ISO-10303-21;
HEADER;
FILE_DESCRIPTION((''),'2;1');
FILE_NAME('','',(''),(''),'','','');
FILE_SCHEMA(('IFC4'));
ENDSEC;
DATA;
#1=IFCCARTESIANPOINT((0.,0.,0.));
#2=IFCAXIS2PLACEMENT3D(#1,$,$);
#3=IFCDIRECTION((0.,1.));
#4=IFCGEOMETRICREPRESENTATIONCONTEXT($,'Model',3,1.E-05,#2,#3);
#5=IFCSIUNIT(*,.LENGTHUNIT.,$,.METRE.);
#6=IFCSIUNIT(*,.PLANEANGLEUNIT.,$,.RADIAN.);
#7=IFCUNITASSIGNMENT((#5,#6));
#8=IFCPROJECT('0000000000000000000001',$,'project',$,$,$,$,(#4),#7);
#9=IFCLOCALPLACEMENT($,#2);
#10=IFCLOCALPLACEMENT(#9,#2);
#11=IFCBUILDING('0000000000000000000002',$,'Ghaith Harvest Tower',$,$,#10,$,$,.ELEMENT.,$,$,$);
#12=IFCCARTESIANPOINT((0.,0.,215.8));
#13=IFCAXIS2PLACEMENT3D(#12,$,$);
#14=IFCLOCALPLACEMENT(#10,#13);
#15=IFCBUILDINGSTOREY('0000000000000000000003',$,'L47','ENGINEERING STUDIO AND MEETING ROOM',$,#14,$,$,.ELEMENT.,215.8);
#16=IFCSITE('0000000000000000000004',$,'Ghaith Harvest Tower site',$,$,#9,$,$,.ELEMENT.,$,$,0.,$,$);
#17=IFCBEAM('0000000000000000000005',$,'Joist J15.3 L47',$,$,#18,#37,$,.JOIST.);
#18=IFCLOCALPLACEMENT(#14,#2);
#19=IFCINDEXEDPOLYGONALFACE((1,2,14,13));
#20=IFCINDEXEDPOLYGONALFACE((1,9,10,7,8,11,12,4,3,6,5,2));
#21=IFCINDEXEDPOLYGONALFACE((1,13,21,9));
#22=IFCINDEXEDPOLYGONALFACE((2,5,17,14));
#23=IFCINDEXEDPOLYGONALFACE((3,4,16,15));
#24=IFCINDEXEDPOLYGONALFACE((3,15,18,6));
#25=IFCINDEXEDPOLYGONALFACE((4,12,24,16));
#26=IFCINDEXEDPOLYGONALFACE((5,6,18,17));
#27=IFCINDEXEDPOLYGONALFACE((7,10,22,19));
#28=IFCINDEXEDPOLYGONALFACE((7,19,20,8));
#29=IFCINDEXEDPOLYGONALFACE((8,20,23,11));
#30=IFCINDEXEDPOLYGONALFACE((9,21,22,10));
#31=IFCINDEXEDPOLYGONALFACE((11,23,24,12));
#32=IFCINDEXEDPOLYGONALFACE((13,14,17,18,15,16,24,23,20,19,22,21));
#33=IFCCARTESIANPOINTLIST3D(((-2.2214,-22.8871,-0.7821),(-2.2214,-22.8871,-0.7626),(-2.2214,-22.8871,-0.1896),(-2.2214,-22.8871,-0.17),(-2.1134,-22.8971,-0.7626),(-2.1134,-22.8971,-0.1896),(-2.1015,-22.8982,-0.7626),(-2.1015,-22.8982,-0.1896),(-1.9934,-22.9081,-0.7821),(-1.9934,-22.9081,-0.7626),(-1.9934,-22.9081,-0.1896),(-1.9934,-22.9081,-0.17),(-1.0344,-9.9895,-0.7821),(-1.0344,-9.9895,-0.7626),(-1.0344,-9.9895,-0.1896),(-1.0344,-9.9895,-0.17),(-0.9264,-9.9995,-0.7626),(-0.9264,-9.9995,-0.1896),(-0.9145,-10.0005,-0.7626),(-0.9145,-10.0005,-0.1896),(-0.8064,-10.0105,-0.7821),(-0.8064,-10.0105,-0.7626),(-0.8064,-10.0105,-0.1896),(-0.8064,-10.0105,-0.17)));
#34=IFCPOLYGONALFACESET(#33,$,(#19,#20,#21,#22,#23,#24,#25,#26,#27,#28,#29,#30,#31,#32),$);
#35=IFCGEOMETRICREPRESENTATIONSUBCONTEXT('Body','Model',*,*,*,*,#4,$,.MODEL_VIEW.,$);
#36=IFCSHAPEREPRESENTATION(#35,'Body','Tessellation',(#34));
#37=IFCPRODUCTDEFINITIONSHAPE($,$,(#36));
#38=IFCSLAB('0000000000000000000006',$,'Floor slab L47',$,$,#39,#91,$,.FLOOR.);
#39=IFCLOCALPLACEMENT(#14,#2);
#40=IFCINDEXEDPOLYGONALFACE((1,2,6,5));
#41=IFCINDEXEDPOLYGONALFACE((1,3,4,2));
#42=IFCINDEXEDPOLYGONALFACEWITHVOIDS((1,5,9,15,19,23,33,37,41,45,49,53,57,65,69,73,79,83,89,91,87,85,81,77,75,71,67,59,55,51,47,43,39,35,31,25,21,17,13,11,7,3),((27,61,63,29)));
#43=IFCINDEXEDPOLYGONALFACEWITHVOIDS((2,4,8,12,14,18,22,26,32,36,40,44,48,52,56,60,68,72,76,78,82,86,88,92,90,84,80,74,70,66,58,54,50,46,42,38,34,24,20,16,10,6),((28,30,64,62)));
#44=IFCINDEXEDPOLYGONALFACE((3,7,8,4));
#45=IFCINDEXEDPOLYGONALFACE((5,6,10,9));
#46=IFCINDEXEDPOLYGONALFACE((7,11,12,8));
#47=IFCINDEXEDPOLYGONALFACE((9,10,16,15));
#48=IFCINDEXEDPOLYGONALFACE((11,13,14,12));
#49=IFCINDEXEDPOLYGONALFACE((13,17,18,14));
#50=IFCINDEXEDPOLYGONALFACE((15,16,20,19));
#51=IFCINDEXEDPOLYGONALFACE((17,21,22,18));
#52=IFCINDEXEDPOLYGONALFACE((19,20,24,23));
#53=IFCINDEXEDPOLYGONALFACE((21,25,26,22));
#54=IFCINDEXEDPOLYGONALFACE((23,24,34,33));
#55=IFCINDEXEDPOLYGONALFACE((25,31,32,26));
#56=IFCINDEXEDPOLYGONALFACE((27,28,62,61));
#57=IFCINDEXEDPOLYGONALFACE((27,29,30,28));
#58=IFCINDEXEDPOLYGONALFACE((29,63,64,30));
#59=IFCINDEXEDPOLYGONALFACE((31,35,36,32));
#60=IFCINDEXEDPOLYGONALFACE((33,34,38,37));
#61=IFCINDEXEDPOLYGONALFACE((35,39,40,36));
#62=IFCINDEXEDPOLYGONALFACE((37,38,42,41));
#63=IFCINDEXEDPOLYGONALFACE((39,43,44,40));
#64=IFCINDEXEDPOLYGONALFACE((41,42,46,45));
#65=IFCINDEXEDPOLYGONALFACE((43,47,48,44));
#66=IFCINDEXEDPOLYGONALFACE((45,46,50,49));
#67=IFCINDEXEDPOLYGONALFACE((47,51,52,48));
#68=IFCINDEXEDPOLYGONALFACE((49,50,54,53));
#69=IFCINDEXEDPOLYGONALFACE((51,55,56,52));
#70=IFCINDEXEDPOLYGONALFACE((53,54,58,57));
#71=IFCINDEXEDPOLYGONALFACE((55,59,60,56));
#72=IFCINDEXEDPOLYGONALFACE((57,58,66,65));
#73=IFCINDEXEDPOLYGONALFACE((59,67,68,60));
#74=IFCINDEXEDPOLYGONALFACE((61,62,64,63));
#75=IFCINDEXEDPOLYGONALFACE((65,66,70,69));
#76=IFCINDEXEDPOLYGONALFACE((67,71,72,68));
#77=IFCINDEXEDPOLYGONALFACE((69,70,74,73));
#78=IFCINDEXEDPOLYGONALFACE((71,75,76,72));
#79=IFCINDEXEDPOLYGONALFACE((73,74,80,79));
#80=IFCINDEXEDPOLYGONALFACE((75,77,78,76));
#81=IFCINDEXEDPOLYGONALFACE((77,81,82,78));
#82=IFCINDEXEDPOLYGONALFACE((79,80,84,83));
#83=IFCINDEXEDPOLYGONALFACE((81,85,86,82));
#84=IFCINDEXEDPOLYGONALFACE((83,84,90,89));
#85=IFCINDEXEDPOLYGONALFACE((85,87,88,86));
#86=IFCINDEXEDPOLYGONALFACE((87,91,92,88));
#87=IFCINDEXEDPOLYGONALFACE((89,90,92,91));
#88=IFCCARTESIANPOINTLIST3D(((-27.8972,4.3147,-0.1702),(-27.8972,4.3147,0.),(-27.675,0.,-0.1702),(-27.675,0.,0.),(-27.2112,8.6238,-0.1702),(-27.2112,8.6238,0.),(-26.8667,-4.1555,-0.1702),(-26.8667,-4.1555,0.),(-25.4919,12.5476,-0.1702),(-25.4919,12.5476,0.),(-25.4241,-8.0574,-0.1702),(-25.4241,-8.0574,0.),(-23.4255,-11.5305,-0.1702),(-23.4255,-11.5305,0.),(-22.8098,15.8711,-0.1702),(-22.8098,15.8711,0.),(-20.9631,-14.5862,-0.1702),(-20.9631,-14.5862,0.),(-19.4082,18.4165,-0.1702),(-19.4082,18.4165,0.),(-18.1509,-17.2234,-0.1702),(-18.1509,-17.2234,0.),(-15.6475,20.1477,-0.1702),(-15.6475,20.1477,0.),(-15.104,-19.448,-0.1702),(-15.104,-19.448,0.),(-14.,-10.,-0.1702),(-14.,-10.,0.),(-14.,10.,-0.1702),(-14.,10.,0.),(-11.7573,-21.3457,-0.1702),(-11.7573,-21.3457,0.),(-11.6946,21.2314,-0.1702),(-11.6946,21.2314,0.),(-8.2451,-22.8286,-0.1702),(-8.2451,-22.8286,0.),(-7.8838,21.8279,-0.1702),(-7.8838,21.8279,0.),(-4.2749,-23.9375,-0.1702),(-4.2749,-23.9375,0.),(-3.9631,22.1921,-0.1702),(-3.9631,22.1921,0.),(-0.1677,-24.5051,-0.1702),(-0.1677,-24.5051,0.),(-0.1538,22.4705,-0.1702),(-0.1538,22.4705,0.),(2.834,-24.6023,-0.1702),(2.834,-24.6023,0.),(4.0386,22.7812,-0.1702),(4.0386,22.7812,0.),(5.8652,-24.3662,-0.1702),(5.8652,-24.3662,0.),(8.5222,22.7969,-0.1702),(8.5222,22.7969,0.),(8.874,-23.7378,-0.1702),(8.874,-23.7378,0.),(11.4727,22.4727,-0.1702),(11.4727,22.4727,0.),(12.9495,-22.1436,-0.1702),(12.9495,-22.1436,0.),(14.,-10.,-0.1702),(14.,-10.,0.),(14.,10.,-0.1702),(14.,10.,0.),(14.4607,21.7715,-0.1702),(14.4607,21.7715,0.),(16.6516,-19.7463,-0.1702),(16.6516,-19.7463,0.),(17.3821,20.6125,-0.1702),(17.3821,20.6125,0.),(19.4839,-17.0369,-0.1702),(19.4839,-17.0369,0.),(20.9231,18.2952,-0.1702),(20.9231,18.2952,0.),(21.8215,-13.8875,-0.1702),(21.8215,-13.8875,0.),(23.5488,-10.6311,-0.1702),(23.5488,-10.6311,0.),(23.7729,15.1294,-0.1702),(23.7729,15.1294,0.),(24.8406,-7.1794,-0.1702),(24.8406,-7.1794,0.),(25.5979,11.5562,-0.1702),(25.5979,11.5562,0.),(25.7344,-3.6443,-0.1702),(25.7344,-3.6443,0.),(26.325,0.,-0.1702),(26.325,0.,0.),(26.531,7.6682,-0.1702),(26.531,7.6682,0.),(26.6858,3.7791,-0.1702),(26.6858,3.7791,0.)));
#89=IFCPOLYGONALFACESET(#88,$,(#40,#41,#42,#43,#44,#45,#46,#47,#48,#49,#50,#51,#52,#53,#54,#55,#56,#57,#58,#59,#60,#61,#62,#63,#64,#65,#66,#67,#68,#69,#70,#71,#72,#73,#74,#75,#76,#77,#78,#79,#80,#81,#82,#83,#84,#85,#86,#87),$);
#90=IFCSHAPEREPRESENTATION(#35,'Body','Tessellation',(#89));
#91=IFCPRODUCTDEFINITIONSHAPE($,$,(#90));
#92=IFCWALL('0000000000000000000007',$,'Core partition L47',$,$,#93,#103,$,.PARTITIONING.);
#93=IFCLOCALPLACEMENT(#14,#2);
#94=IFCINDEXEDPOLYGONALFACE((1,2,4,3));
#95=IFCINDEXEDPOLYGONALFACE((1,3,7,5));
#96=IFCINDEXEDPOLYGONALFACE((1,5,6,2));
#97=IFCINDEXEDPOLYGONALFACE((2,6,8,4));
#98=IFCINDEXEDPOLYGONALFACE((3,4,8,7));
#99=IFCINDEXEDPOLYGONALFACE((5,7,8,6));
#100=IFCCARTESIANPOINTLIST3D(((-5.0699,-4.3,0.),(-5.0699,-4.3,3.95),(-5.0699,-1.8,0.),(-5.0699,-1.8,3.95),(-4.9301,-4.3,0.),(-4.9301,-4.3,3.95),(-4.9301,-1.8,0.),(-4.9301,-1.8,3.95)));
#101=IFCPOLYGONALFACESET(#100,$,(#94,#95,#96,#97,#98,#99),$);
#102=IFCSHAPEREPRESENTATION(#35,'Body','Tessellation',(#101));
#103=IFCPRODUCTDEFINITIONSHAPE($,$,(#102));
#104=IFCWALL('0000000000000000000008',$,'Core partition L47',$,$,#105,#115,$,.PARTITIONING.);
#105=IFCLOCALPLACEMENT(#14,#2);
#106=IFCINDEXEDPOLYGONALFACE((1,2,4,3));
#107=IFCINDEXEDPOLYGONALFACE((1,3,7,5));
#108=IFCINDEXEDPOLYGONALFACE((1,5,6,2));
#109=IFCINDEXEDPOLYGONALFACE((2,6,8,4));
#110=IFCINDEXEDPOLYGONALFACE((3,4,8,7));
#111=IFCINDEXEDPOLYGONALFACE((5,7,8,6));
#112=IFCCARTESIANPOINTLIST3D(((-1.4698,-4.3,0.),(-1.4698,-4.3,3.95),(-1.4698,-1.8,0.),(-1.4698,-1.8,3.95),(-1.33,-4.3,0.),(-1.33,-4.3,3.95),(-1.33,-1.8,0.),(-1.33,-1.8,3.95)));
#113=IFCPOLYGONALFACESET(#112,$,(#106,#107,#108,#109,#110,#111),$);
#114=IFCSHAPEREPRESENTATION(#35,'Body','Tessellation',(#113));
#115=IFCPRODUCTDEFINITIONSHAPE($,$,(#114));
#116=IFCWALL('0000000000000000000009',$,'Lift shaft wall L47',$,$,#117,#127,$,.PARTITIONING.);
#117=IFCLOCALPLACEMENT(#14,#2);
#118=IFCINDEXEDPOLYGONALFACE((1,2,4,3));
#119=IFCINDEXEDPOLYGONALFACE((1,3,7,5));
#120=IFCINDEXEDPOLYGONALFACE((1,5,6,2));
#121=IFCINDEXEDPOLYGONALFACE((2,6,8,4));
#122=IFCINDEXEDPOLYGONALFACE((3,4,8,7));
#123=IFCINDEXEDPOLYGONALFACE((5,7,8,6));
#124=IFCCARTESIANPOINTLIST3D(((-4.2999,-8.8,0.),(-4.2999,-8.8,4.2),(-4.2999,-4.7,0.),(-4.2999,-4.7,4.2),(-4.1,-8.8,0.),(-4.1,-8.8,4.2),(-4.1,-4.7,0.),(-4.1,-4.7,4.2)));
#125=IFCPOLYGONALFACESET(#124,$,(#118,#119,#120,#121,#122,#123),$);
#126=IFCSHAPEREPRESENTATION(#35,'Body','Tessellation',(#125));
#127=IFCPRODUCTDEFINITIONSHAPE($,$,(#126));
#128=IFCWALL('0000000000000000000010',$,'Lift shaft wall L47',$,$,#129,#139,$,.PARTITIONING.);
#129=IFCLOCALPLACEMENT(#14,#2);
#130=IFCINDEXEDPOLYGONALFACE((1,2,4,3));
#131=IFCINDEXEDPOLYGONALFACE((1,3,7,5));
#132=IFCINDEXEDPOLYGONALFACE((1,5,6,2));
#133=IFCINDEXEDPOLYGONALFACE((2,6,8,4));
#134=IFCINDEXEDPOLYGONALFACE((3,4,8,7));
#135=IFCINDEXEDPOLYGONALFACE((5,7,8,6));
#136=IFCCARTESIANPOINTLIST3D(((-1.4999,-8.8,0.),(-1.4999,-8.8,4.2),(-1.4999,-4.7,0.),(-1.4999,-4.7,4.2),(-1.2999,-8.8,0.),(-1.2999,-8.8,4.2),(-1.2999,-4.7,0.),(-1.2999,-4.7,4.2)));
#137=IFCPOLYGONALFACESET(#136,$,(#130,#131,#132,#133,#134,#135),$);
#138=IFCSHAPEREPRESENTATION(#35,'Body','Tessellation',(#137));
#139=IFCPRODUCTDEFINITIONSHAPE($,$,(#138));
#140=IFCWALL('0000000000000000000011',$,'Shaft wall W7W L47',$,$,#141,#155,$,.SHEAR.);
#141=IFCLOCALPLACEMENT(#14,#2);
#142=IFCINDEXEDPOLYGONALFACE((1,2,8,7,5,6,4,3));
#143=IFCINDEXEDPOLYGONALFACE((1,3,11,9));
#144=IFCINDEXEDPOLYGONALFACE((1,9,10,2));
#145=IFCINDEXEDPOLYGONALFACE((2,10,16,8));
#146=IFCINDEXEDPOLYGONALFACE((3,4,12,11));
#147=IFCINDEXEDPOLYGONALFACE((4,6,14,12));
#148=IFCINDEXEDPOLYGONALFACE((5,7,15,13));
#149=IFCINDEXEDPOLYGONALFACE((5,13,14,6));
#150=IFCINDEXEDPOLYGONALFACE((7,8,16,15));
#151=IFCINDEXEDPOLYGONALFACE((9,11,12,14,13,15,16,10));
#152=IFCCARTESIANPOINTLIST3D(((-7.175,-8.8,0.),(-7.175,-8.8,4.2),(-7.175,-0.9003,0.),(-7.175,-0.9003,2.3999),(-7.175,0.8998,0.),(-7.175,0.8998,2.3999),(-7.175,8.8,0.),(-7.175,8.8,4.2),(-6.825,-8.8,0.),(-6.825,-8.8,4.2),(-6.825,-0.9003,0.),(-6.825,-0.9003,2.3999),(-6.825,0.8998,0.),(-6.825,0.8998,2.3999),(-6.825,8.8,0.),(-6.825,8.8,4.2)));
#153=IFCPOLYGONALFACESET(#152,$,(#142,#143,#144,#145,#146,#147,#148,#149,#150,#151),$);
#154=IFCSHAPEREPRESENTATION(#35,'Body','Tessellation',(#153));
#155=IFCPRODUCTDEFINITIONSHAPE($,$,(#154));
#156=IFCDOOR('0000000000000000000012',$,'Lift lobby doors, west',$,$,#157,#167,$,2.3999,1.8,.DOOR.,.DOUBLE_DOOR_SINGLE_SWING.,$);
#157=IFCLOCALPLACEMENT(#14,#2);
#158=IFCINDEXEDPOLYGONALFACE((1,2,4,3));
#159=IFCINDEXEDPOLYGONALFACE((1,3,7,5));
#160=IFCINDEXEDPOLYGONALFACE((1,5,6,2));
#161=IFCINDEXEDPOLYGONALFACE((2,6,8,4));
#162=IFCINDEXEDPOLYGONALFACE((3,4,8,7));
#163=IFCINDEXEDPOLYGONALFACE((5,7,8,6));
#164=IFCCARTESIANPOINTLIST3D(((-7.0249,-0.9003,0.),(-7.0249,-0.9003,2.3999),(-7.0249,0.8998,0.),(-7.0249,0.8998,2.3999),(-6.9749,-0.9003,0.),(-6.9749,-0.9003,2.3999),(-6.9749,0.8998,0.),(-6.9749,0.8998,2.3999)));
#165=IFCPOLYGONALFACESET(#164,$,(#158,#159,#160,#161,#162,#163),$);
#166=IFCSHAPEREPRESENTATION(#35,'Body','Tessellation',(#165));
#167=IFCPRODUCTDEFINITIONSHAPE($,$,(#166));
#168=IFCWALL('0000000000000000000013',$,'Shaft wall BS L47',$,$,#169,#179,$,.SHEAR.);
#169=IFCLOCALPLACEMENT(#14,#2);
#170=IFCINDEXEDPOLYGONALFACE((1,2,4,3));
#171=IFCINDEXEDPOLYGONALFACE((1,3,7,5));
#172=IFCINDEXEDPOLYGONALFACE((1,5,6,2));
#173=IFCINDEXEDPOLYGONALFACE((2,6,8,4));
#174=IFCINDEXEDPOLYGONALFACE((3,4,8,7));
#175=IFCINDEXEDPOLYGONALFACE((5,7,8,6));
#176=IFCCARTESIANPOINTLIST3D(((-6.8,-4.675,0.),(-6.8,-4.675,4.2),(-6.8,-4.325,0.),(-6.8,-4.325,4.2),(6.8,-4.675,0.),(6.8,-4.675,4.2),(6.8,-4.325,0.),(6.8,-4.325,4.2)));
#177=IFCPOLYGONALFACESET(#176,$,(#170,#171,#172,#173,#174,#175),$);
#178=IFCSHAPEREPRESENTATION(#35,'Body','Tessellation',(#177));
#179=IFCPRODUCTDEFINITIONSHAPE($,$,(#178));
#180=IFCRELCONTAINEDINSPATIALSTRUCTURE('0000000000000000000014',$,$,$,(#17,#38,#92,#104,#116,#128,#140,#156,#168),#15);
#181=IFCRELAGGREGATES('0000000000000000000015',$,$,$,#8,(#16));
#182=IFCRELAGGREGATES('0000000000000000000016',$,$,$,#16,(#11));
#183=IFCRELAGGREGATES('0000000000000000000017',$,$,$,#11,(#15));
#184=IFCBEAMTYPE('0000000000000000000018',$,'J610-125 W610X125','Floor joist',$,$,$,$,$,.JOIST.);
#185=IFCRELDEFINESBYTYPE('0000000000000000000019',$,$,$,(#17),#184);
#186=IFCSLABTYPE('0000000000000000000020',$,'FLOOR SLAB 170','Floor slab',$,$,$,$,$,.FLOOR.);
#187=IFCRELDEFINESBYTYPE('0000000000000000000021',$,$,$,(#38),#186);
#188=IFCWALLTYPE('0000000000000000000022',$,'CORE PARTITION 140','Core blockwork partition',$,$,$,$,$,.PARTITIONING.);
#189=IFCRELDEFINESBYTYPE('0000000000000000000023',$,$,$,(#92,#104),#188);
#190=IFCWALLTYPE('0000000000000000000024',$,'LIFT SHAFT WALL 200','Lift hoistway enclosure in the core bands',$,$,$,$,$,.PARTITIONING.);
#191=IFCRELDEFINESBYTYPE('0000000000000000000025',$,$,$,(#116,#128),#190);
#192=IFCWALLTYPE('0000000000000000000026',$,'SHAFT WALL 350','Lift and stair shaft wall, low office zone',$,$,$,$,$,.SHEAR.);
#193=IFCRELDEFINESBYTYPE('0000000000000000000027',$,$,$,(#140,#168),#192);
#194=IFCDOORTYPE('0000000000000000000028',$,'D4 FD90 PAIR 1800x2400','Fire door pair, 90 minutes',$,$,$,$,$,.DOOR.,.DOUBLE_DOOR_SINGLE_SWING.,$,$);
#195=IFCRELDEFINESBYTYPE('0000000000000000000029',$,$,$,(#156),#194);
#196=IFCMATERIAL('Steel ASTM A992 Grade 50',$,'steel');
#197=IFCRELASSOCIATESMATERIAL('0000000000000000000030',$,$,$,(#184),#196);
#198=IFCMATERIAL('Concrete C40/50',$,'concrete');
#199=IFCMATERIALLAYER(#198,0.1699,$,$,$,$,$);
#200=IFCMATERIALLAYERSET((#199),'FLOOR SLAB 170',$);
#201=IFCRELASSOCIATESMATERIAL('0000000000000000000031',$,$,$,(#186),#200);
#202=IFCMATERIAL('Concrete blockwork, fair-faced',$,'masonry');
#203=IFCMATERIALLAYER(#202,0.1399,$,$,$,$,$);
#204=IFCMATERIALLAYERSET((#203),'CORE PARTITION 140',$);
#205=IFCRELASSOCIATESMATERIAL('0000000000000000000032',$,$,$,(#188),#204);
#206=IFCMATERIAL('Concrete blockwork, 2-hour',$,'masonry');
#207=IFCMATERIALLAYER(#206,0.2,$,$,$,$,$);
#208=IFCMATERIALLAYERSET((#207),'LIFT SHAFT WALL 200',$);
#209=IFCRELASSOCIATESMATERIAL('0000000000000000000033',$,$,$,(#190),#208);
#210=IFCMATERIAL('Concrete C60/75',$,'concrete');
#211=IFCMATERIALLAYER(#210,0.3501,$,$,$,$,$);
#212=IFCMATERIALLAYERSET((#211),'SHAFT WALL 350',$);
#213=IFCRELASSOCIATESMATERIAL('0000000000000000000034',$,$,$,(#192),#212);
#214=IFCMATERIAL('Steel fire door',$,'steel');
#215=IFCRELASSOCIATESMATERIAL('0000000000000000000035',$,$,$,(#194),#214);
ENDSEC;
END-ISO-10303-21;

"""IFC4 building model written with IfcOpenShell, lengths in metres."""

from ifc_helpers import new_model, si_unit, direction, frame, frame_2d, origin, origin_2d, place, context, subcontext, project, spatial, polyline, rectangle, i_section, outline, extrude, material, layer, layer_set, material_profile, profile_set, type_object, element, fill, save


model = new_model("IFC4")

# Units and contexts
model_context = context("Model", 3, precision=1e-05, world=origin(), true_north=direction((0.0, 1.0)))
body_context = subcontext(model_context, "Body", "Model", "MODEL_VIEW")
ifc_project = project(units=[si_unit("LENGTHUNIT", "METRE"), si_unit("PLANEANGLEUNIT", "RADIAN")], contexts=[model_context])

# Site, building, storey
site_placement = place(None, origin())
site = spatial("IfcSite", under=ifc_project, at=site_placement, Name="Ghaith Harvest Tower site", CompositionType="ELEMENT", RefElevation=0.0)
building_placement = place(site_placement, origin())
building = spatial("IfcBuilding", under=site, at=building_placement, Name="Ghaith Harvest Tower", CompositionType="ELEMENT")
storey_placement = place(building_placement, frame((0.0, 0.0, 215.8)))
storey = spatial("IfcBuildingStorey", under=building, at=storey_placement, Name="L47", Description="ENGINEERING STUDIO AND MEETING ROOM", CompositionType="ELEMENT", Elevation=215.8)

# Beam
ifc_material_1 = material(Name="Steel ASTM A992 Grade 50", Category="steel")
ifc_material_profile_1 = material_profile(ifc_material_1, i_section(OverallWidth=0.229, OverallDepth=0.6121, WebThickness=0.012, FlangeThickness=0.0195, at=origin_2d()), Name="W610X125")
ifc_profile_set_1 = profile_set([ifc_material_profile_1], Name="Steel ASTM A992 Grade 50")
beam_type_1 = type_object("IfcBeamType", Name="J610-125 W610X125", Description="Floor joist", PredefinedType="JOIST", material=ifc_profile_set_1)
beam_1_placement = place(storey_placement, frame((-0.9204, -10.0, -0.4761), z_axis=(-0.091645, -0.995792, 0.0), x_axis=(0.995792, -0.091645, 0.0)))
element("IfcBeam", 1, at=beam_1_placement, inside=storey, type_object=beam_type_1, Name="Joist J15.3 L47", PredefinedType="JOIST", context=body_context, shape_type="SweptSolid", body=[
    extrude(i_section(OverallWidth=0.229, OverallDepth=0.6121, WebThickness=0.012, FlangeThickness=0.0195, at=origin_2d()), origin(), (0.0, 0.0, 1.0), 12.9521),
])

# Slab
ifc_material_2 = material(Name="Concrete C40/50", Category="concrete")
ifc_layer_1 = layer(ifc_material_2, 0.1699)
ifc_layer_set_1 = layer_set([ifc_layer_1], Name="FLOOR SLAB 170")
slab_type = type_object("IfcSlabType", Name="FLOOR SLAB 170", Description="Floor slab", PredefinedType="FLOOR", material=ifc_layer_set_1)
slab_placement = place(storey_placement, frame((0.0, 0.0, -0.1702)))
element("IfcSlab", 2, at=slab_placement, inside=storey, type_object=slab_type, Name="Floor slab L47", PredefinedType="FLOOR", context=body_context, shape_type="SweptSolid", body=[
    extrude(outline(polyline([(26.325, 0.0), (26.6858, 3.7791), (26.531, 7.6682), (25.5979, 11.5562), (23.7729, 15.1294), (20.9231, 18.2952), (17.3821, 20.6125), (14.4607, 21.7715), (11.4727, 22.4727), (8.5222, 22.7969), (4.0386, 22.7812), (-0.1538, 22.4705), (-3.9631, 22.1921), (-7.8838, 21.8279), (-11.6946, 21.2314), (-15.6475, 20.1477), (-19.4082, 18.4165), (-22.8098, 15.8711), (-25.4919, 12.5476), (-27.2112, 8.6238), (-27.8972, 4.3147), (-27.675, 0.0), (-26.8667, -4.1555), (-25.4241, -8.0574), (-23.4255, -11.5305), (-20.9631, -14.5862), (-18.1509, -17.2234), (-15.104, -19.448), (-11.7573, -21.3457), (-8.2451, -22.8286), (-4.2749, -23.9375), (-0.1677, -24.5051), (2.834, -24.6023), (5.8652, -24.3662), (8.874, -23.7378), (12.9495, -22.1436), (16.6516, -19.7463), (19.4839, -17.0369), (21.8215, -13.8875), (23.5488, -10.6311), (24.8406, -7.1794), (25.7344, -3.6443), (26.325, 0.0)]), holes=[polyline([(-14.0, -10.0), (14.0, -10.0), (14.0, 10.0), (-14.0, 10.0), (-14.0, -10.0)])]), origin(), (0.0, 0.0, 1.0), 0.1702),
])

# Walls
ifc_material_3 = material(Name="Concrete blockwork, fair-faced", Category="masonry")
ifc_layer_2 = layer(ifc_material_3, 0.1399)
ifc_layer_set_2 = layer_set([ifc_layer_2], Name="CORE PARTITION 140")
wall_type_1 = type_object("IfcWallType", Name="CORE PARTITION 140", Description="Core blockwork partition", PredefinedType="PARTITIONING", material=ifc_layer_set_2)
for number, where, z_axis, x_axis, name in (
    (3, (-5.0, -1.8, 0.0), (0.0, 0.0, 1.0), (0.0, -1.0, 0.0), "Core partition L47"),
    (4, (-1.3999, -1.8, 0.0), (0.0, 0.0, 1.0), (0.0, -1.0, 0.0), "Core partition L47"),
):
    element("IfcWall", number, at=place(storey_placement, frame(where, z_axis=z_axis, x_axis=x_axis)), inside=storey, type_object=wall_type_1, Name=name, PredefinedType="PARTITIONING", context=body_context, shape_type="SweptSolid", body=[
        extrude(rectangle(XDim=2.5, YDim=0.1399, at=frame_2d((1.25, 0.0))), origin(), (0.0, 0.0, 1.0), 3.95),
    ])
ifc_material_4 = material(Name="Concrete blockwork, 2-hour", Category="masonry")
ifc_layer_3 = layer(ifc_material_4, 0.2)
ifc_layer_set_3 = layer_set([ifc_layer_3], Name="LIFT SHAFT WALL 200")
wall_type_2 = type_object("IfcWallType", Name="LIFT SHAFT WALL 200", Description="Lift hoistway enclosure in the core bands", PredefinedType="PARTITIONING", material=ifc_layer_set_3)
for number, where, z_axis, x_axis, name in (
    (5, (-4.2, -4.7, 0.0), (0.0, 0.0, 1.0), (0.0, -1.0, 0.0), "Lift shaft wall L47"),
    (6, (-1.3999, -4.7, 0.0), (0.0, 0.0, 1.0), (0.0, -1.0, 0.0), "Lift shaft wall L47"),
):
    element("IfcWall", number, at=place(storey_placement, frame(where, z_axis=z_axis, x_axis=x_axis)), inside=storey, type_object=wall_type_2, Name=name, PredefinedType="PARTITIONING", context=body_context, shape_type="SweptSolid", body=[
        extrude(rectangle(XDim=4.1001, YDim=0.2, at=frame_2d((2.05, 0.0))), origin(), (0.0, 0.0, 1.0), 4.2),
    ])

# Wall, opening, door
ifc_material_5 = material(Name="Concrete C60/75", Category="concrete")
ifc_layer_4 = layer(ifc_material_5, 0.3501)
ifc_layer_set_4 = layer_set([ifc_layer_4], Name="SHAFT WALL 350")
wall_type_3 = type_object("IfcWallType", Name="SHAFT WALL 350", Description="Lift and stair shaft wall, low office zone", PredefinedType="SHEAR", material=ifc_layer_set_4)
wall_1_placement = place(storey_placement, frame((-7.0, -8.8, 0.0), z_axis=(0.0, 0.0, 1.0), x_axis=(0.0, 1.0, 0.0)))
wall_1 = element("IfcWall", 7, at=wall_1_placement, inside=storey, type_object=wall_type_3, Name="Shaft wall W7W L47", PredefinedType="SHEAR", context=body_context, shape_type="SweptSolid", body=[
    extrude(rectangle(XDim=17.6001, YDim=0.3501, at=frame_2d((8.8, 0.0))), origin(), (0.0, 0.0, 1.0), 4.2),
])
opening_1_placement = place(wall_1_placement, frame((7.8999, 0.0, 0.0)))
opening_1 = element("IfcOpeningElement", 8, at=opening_1_placement, cuts=wall_1, PredefinedType="OPENING", context=body_context, shape_type="SweptSolid", body=[
    extrude(rectangle(XDim=1.8, YDim=2.3999, at=frame_2d((0.8999, 1.2))), frame((0.0, 0.1851, 0.0), z_axis=(0.0, -1.0, 0.0), x_axis=(1.0, 0.0, 0.0)), (0.0, 0.0, 1.0), 0.3701),
])
ifc_material_6 = material(Name="Steel fire door", Category="steel")
door_type_1 = type_object("IfcDoorType", Name="D4 FD90 PAIR 1800x2400", Description="Fire door pair, 90 minutes", OperationType="DOUBLE_DOOR_SINGLE_SWING", PredefinedType="DOOR", material=ifc_material_6)
door_1_placement = place(opening_1_placement, origin())
door_1 = element("IfcDoor", 9, at=door_1_placement, inside=storey, type_object=door_type_1, Name="Lift lobby doors, west", OperationType="DOUBLE_DOOR_SINGLE_SWING", OverallHeight=2.3999, OverallWidth=1.8, PredefinedType="DOOR", context=body_context, shape_type="SweptSolid", body=[
    extrude(rectangle(XDim=1.8, YDim=2.3999, at=frame_2d((0.8999, 1.2))), frame((0.0, 0.0249, 0.0), z_axis=(0.0, -1.0, 0.0), x_axis=(1.0, 0.0, 0.0)), (0.0, 0.0, 1.0), 0.05),
])
fill(opening_1, door_1)

# Wall
wall_2_placement = place(storey_placement, frame((-6.8, -4.5, 0.0), z_axis=(0.0, 0.0, 1.0), x_axis=(1.0, 0.0, 0.0)))
element("IfcWall", 10, at=wall_2_placement, inside=storey, type_object=wall_type_3, Name="Shaft wall BS L47", PredefinedType="SHEAR", context=body_context, shape_type="SweptSolid", body=[
    extrude(rectangle(XDim=13.6001, YDim=0.3501, at=frame_2d((6.8, 0.0))), origin(), (0.0, 0.0, 1.0), 4.2),
])

save(model, "model.ifc")
